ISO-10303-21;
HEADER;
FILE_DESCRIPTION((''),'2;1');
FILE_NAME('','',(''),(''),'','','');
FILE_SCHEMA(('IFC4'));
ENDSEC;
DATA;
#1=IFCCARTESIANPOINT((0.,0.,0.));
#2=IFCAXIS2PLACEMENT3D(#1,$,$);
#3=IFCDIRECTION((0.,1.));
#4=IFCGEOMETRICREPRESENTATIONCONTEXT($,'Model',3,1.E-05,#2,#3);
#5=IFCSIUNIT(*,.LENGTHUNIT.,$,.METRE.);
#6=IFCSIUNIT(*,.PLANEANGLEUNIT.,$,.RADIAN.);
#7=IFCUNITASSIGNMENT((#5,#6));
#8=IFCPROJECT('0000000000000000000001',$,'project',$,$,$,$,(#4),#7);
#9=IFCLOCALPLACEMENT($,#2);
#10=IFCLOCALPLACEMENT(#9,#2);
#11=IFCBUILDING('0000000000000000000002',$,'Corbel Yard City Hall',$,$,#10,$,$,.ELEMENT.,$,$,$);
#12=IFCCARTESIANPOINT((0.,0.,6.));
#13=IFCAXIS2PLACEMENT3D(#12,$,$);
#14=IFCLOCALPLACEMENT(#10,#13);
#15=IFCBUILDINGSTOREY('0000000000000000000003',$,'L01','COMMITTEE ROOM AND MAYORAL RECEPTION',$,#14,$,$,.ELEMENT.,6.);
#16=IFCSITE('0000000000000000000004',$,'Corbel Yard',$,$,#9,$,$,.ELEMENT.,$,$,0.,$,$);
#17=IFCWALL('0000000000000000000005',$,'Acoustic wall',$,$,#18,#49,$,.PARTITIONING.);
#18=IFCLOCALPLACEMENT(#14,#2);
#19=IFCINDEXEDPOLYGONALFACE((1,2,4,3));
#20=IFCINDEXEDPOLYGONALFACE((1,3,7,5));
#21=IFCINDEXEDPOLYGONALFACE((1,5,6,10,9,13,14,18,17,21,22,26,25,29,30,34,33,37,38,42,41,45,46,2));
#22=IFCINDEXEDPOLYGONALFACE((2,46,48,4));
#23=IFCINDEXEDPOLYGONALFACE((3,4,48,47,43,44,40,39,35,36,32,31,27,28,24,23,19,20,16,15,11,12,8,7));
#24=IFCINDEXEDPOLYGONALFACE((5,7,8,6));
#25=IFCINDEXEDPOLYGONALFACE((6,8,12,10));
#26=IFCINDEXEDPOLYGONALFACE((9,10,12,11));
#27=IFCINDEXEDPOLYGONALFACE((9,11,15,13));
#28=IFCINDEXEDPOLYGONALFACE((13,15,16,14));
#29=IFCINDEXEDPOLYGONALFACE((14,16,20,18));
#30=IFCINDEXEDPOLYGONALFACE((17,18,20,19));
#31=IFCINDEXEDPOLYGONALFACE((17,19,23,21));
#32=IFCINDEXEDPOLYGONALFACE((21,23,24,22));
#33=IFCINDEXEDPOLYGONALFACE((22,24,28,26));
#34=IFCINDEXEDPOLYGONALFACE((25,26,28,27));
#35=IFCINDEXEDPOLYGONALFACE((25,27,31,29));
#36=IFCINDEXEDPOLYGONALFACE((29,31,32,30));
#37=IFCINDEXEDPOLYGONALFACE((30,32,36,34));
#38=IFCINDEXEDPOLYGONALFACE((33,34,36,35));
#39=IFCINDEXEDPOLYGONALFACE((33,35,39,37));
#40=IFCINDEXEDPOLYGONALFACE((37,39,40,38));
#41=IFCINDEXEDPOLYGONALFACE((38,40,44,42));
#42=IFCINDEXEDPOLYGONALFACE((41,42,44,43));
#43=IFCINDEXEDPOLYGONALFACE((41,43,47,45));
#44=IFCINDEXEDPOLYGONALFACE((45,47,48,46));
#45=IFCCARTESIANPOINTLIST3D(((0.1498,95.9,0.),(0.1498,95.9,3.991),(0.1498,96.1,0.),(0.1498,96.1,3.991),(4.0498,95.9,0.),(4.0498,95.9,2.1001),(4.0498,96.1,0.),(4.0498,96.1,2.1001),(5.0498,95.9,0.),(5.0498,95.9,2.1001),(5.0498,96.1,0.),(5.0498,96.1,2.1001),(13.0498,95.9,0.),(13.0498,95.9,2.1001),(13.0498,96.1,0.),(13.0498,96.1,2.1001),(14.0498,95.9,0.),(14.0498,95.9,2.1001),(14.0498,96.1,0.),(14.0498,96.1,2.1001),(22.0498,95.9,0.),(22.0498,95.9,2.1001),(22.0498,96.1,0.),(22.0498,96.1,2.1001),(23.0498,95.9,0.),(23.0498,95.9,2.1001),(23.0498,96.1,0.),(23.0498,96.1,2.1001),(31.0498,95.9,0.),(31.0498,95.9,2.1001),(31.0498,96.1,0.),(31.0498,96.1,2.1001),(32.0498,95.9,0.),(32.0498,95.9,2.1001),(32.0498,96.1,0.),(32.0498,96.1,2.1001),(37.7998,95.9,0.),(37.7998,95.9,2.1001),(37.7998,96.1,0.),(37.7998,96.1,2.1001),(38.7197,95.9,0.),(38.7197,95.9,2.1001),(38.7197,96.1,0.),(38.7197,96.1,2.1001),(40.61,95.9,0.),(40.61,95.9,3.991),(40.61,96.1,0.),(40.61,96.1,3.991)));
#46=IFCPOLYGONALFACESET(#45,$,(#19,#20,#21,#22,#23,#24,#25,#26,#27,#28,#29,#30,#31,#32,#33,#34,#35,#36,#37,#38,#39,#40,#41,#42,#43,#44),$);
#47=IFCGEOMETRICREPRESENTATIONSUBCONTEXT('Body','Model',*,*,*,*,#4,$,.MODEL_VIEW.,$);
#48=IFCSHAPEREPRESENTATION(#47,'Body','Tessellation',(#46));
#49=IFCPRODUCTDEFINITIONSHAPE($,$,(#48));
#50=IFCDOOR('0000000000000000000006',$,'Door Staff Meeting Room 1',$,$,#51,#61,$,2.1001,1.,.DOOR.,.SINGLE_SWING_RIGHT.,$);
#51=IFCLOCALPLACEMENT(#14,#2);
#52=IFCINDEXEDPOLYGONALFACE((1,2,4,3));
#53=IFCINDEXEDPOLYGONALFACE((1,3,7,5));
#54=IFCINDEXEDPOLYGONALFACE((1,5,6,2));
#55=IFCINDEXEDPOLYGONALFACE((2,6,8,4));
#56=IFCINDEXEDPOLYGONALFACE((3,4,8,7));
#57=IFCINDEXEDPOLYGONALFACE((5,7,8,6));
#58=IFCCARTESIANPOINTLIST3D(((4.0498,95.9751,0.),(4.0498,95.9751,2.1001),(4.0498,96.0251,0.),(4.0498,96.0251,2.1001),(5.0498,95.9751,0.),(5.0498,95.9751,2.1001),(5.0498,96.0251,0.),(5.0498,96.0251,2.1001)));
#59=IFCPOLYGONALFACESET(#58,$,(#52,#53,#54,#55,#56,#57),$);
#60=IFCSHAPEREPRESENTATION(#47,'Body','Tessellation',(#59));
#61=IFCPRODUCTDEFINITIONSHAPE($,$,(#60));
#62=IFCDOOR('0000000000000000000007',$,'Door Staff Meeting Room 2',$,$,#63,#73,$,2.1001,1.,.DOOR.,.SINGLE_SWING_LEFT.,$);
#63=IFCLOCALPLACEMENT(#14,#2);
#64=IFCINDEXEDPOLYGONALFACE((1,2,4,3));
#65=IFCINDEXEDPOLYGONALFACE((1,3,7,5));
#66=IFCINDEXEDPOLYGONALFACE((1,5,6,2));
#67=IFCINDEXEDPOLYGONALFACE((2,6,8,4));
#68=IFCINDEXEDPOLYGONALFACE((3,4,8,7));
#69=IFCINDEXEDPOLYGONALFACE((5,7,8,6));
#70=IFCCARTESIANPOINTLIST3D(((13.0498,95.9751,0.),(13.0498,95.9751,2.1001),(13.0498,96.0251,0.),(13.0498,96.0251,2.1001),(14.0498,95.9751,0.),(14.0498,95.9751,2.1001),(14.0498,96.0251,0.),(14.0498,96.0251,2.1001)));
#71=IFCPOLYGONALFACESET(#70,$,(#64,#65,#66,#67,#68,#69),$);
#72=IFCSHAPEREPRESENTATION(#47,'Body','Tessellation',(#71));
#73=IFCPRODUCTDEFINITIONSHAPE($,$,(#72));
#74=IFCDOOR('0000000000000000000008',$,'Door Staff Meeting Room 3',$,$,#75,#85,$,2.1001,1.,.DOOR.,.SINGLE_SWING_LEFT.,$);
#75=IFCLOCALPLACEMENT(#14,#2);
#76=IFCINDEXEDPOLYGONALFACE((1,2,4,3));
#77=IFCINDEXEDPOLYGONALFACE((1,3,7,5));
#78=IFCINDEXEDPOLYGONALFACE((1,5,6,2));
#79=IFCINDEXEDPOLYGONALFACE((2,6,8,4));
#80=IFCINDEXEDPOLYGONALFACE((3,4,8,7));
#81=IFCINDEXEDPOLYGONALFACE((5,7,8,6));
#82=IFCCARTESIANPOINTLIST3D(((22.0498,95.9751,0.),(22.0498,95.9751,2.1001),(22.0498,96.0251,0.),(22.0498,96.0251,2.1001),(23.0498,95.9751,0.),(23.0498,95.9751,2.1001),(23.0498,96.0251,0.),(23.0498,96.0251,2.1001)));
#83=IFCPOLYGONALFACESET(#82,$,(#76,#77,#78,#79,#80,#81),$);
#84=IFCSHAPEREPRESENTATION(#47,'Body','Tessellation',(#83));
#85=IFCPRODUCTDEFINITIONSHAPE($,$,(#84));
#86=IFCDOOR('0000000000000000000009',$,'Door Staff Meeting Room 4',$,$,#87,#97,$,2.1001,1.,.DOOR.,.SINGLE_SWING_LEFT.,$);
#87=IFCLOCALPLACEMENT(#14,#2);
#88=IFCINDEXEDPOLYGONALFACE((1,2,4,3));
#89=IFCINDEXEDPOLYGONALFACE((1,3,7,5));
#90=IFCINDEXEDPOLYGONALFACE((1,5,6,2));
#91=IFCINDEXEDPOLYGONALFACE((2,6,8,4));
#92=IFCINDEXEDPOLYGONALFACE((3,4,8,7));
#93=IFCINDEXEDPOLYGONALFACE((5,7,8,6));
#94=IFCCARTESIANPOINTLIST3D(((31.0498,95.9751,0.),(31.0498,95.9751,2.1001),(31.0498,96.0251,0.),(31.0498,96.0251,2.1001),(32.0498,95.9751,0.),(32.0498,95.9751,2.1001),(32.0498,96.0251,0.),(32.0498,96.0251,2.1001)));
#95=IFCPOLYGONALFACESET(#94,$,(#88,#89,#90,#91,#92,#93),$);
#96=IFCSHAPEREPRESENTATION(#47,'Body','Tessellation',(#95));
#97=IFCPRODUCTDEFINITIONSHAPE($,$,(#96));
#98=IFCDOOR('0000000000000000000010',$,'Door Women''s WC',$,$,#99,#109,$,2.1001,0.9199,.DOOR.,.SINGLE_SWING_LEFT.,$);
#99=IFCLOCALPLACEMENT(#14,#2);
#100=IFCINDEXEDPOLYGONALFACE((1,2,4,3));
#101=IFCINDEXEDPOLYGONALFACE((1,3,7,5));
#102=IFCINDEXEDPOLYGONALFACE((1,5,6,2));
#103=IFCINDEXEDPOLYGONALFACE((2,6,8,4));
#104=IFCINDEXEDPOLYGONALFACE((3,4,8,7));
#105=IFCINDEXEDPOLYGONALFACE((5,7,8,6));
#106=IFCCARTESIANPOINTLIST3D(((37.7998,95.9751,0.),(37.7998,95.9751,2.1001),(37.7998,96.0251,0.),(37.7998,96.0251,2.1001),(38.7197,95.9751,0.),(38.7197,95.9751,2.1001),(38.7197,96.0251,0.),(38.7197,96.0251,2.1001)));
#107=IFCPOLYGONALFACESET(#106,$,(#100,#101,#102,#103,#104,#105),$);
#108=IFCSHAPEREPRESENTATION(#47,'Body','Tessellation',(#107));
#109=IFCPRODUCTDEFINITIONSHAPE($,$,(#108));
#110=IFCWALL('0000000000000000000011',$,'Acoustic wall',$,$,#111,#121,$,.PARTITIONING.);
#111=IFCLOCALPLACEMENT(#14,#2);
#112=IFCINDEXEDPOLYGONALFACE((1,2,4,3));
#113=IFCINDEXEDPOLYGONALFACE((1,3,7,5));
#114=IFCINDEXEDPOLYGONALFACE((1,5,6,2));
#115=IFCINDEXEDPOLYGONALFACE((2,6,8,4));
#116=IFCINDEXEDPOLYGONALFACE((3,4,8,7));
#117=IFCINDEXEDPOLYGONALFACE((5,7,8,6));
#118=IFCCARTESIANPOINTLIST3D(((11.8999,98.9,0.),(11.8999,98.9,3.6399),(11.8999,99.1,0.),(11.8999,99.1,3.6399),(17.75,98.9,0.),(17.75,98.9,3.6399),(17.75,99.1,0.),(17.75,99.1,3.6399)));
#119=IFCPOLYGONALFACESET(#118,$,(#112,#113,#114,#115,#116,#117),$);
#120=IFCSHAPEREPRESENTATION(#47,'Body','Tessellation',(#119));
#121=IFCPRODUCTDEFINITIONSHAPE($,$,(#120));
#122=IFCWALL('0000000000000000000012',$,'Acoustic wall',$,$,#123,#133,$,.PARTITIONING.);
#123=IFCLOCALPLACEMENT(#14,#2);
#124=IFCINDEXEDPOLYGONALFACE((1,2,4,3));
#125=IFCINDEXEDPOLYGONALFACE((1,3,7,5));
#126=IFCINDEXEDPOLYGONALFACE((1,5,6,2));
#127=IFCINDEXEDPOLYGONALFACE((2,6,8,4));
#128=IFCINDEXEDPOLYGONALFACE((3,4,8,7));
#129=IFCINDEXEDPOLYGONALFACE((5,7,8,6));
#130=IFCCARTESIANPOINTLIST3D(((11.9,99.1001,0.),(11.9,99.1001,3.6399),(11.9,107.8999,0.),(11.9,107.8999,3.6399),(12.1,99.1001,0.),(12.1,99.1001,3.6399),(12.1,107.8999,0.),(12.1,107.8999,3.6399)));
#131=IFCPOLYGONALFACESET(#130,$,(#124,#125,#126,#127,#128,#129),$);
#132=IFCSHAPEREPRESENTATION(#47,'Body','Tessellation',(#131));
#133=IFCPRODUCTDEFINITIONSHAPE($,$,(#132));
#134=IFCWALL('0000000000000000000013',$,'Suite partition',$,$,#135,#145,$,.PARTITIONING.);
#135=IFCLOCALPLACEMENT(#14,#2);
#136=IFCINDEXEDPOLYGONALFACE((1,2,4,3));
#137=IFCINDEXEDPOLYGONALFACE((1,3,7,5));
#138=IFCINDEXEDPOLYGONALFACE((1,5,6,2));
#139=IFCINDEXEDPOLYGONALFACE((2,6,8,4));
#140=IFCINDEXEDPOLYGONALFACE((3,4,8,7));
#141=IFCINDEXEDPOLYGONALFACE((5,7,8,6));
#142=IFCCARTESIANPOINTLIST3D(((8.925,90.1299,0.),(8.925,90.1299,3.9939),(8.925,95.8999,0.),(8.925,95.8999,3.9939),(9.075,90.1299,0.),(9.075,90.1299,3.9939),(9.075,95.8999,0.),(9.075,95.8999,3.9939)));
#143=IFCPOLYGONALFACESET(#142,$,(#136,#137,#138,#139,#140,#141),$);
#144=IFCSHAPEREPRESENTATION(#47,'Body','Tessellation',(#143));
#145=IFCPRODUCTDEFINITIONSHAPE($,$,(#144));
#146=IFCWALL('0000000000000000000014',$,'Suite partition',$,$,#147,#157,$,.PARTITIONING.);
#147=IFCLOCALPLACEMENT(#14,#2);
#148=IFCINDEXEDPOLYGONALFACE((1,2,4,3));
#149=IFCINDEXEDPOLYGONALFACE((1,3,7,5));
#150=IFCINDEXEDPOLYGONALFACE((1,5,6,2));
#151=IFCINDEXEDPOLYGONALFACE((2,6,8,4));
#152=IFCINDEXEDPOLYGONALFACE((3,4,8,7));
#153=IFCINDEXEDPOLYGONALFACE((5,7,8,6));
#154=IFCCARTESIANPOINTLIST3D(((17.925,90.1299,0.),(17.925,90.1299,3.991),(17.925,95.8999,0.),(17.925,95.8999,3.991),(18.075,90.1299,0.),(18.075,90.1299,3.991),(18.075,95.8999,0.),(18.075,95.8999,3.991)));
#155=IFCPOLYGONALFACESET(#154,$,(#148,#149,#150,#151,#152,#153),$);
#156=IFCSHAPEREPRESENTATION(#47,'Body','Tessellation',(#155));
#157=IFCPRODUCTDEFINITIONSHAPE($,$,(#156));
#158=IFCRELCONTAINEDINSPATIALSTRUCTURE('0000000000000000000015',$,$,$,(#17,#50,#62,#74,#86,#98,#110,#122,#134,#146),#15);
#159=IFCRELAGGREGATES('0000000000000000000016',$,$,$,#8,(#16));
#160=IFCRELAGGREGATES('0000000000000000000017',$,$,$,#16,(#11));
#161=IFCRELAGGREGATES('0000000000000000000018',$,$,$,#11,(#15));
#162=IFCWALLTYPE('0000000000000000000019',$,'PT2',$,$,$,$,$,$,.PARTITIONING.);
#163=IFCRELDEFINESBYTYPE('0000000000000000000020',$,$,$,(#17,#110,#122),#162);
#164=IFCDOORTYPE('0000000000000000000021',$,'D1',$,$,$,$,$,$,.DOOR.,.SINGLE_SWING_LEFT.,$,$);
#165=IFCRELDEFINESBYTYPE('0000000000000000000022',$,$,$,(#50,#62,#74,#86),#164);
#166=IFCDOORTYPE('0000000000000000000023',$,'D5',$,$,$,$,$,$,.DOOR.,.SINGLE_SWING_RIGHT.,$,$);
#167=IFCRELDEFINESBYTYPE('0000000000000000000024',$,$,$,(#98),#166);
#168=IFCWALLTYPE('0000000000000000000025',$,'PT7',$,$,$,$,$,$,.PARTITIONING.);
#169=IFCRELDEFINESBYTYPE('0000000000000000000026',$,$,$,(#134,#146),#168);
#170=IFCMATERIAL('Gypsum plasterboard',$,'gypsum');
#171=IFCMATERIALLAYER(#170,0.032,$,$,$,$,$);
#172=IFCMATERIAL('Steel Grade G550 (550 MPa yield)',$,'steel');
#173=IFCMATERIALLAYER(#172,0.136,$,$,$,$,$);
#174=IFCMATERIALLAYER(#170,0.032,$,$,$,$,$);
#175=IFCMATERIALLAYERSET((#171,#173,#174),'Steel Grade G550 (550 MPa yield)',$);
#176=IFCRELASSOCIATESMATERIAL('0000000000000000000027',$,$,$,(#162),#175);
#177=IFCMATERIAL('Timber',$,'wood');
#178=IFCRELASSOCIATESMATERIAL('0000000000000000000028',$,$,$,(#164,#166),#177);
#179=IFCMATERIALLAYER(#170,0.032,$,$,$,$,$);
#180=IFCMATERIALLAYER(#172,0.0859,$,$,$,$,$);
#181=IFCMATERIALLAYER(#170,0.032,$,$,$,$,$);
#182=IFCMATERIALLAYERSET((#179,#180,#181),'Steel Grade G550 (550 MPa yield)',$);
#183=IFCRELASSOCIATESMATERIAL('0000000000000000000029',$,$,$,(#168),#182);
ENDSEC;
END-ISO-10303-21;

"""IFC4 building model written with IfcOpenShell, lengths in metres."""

from ifc_helpers import new_model, si_unit, direction, frame, frame_2d, origin, place, context, subcontext, project, spatial, rectangle, extrude, material, layer, layer_set, type_object, element, fill, save


model = new_model("IFC4")

# Units and contexts
model_context = context("Model", 3, precision=1e-05, world=origin(), true_north=direction((0.0, 1.0)))
body_context = subcontext(model_context, "Body", "Model", "MODEL_VIEW")
ifc_project = project(units=[si_unit("LENGTHUNIT", "METRE"), si_unit("PLANEANGLEUNIT", "RADIAN")], contexts=[model_context])

# Site, building, storey
site_placement = place(None, origin())
site = spatial("IfcSite", under=ifc_project, at=site_placement, Name="Corbel Yard", CompositionType="ELEMENT", RefElevation=0.0)
building_placement = place(site_placement, origin())
building = spatial("IfcBuilding", under=site, at=building_placement, Name="Corbel Yard City Hall", CompositionType="ELEMENT")
storey_placement = place(building_placement, frame((0.0, 0.0, 6.0)))
storey = spatial("IfcBuildingStorey", under=building, at=storey_placement, Name="L01", Description="COMMITTEE ROOM AND MAYORAL RECEPTION", CompositionType="ELEMENT", Elevation=6.0)

# Shared definitions
ifc_material_1 = material(Name="Gypsum plasterboard", Category="gypsum")

# Wall, openings, doors
ifc_layer_1 = layer(ifc_material_1, 0.032)
ifc_material_2 = material(Name="Steel Grade G550 (550 MPa yield)", Category="steel")
ifc_layer_2 = layer(ifc_material_2, 0.136)
ifc_layer_3 = layer(ifc_material_1, 0.032)
ifc_layer_set_1 = layer_set([ifc_layer_1, ifc_layer_2, ifc_layer_3], Name="Steel Grade G550 (550 MPa yield)")
wall_type_1 = type_object("IfcWallType", Name="PT2", PredefinedType="PARTITIONING", material=ifc_layer_set_1)
wall_1_placement = place(storey_placement, frame((0.1499, 96.0, 0.0), z_axis=(0.0, 0.0, 1.0), x_axis=(1.0, 0.0, 0.0)))
wall_1 = element("IfcWall", 1, at=wall_1_placement, inside=storey, type_object=wall_type_1, Name="Acoustic wall", PredefinedType="PARTITIONING", context=body_context, shape_type="SweptSolid", body=[
    extrude(rectangle(XDim=40.4602, YDim=0.2, at=frame_2d((20.23, 0.0))), origin(), (0.0, 0.0, 1.0), 3.991),
])
opening_1_placement = place(wall_1_placement, frame((3.8999, 0.0, 0.0)))
opening_1 = element("IfcOpeningElement", 2, at=opening_1_placement, cuts=wall_1, PredefinedType="OPENING", context=body_context, shape_type="SweptSolid", body=[
    extrude(rectangle(XDim=1.0, YDim=2.1001, at=frame_2d((0.5, 1.05))), frame((0.0, 0.1099, 0.0), z_axis=(0.0, -1.0, 0.0), x_axis=(1.0, 0.0, 0.0)), (0.0, 0.0, 1.0), 0.22),
])
opening_2_placement = place(wall_1_placement, frame((12.8999, 0.0, 0.0)))
opening_2 = element("IfcOpeningElement", 3, at=opening_2_placement, cuts=wall_1, PredefinedType="OPENING", context=body_context, shape_type="SweptSolid", body=[
    extrude(rectangle(XDim=1.0, YDim=2.1001, at=frame_2d((0.5, 1.05))), frame((0.0, 0.1099, 0.0), z_axis=(0.0, -1.0, 0.0), x_axis=(1.0, 0.0, 0.0)), (0.0, 0.0, 1.0), 0.22),
])
opening_3_placement = place(wall_1_placement, frame((21.8999, 0.0, 0.0)))
opening_3 = element("IfcOpeningElement", 4, at=opening_3_placement, cuts=wall_1, PredefinedType="OPENING", context=body_context, shape_type="SweptSolid", body=[
    extrude(rectangle(XDim=1.0, YDim=2.1001, at=frame_2d((0.5, 1.05))), frame((0.0, 0.1099, 0.0), z_axis=(0.0, -1.0, 0.0), x_axis=(1.0, 0.0, 0.0)), (0.0, 0.0, 1.0), 0.22),
])
opening_4_placement = place(wall_1_placement, frame((30.8999, 0.0, 0.0)))
opening_4 = element("IfcOpeningElement", 5, at=opening_4_placement, cuts=wall_1, PredefinedType="OPENING", context=body_context, shape_type="SweptSolid", body=[
    extrude(rectangle(XDim=1.0, YDim=2.1001, at=frame_2d((0.5, 1.05))), frame((0.0, 0.1099, 0.0), z_axis=(0.0, -1.0, 0.0), x_axis=(1.0, 0.0, 0.0)), (0.0, 0.0, 1.0), 0.22),
])
opening_5_placement = place(wall_1_placement, frame((37.6499, 0.0, 0.0)))
opening_5 = element("IfcOpeningElement", 6, at=opening_5_placement, cuts=wall_1, PredefinedType="OPENING", context=body_context, shape_type="SweptSolid", body=[
    extrude(rectangle(XDim=0.9199, YDim=2.1001, at=frame_2d((0.46, 1.05))), frame((0.0, 0.1099, 0.0), z_axis=(0.0, -1.0, 0.0), x_axis=(1.0, 0.0, 0.0)), (0.0, 0.0, 1.0), 0.22),
])
ifc_material_3 = material(Name="Timber", Category="wood")
door_type_1 = type_object("IfcDoorType", Name="D1", OperationType="SINGLE_SWING_LEFT", PredefinedType="DOOR", material=ifc_material_3)
door_1_placement = place(opening_1_placement, frame((1.0, 0.0, 0.0), z_axis=(0.0, 0.0, 1.0), x_axis=(-1.0, 0.0, 0.0)))
door_1 = element("IfcDoor", 7, at=door_1_placement, inside=storey, type_object=door_type_1, Name="Door Staff Meeting Room 1", OperationType="SINGLE_SWING_RIGHT", OverallHeight=2.1001, OverallWidth=1.0, PredefinedType="DOOR", context=body_context, shape_type="SweptSolid", body=[
    extrude(rectangle(XDim=1.0, YDim=2.1001, at=frame_2d((0.5, 1.05))), frame((0.0, 0.0249, 0.0), z_axis=(0.0, -1.0, 0.0), x_axis=(1.0, 0.0, 0.0)), (0.0, 0.0, 1.0), 0.05),
])
fill(opening_1, door_1)
door_2_placement = place(opening_2_placement, frame((1.0, 0.0, 0.0), z_axis=(0.0, 0.0, 1.0), x_axis=(-1.0, 0.0, 0.0)))
door_2 = element("IfcDoor", 8, at=door_2_placement, inside=storey, type_object=door_type_1, Name="Door Staff Meeting Room 2", OperationType="SINGLE_SWING_LEFT", OverallHeight=2.1001, OverallWidth=1.0, PredefinedType="DOOR", context=body_context, shape_type="SweptSolid", body=[
    extrude(rectangle(XDim=1.0, YDim=2.1001, at=frame_2d((0.5, 1.05))), frame((0.0, 0.0249, 0.0), z_axis=(0.0, -1.0, 0.0), x_axis=(1.0, 0.0, 0.0)), (0.0, 0.0, 1.0), 0.05),
])
fill(opening_2, door_2)
door_3_placement = place(opening_3_placement, frame((1.0, 0.0, 0.0), z_axis=(0.0, 0.0, 1.0), x_axis=(-1.0, 0.0, 0.0)))
door_3 = element("IfcDoor", 9, at=door_3_placement, inside=storey, type_object=door_type_1, Name="Door Staff Meeting Room 3", OperationType="SINGLE_SWING_LEFT", OverallHeight=2.1001, OverallWidth=1.0, PredefinedType="DOOR", context=body_context, shape_type="SweptSolid", body=[
    extrude(rectangle(XDim=1.0, YDim=2.1001, at=frame_2d((0.5, 1.05))), frame((0.0, 0.0249, 0.0), z_axis=(0.0, -1.0, 0.0), x_axis=(1.0, 0.0, 0.0)), (0.0, 0.0, 1.0), 0.05),
])
fill(opening_3, door_3)
door_4_placement = place(opening_4_placement, frame((1.0, 0.0, 0.0), z_axis=(0.0, 0.0, 1.0), x_axis=(-1.0, 0.0, 0.0)))
door_4 = element("IfcDoor", 10, at=door_4_placement, inside=storey, type_object=door_type_1, Name="Door Staff Meeting Room 4", OperationType="SINGLE_SWING_LEFT", OverallHeight=2.1001, OverallWidth=1.0, PredefinedType="DOOR", context=body_context, shape_type="SweptSolid", body=[
    extrude(rectangle(XDim=1.0, YDim=2.1001, at=frame_2d((0.5, 1.05))), frame((0.0, 0.0249, 0.0), z_axis=(0.0, -1.0, 0.0), x_axis=(1.0, 0.0, 0.0)), (0.0, 0.0, 1.0), 0.05),
])
fill(opening_4, door_4)
door_type_2 = type_object("IfcDoorType", Name="D5", OperationType="SINGLE_SWING_RIGHT", PredefinedType="DOOR", material=ifc_material_3)
door_5_placement = place(opening_5_placement, frame((0.9199, 0.0, 0.0), z_axis=(0.0, 0.0, 1.0), x_axis=(-1.0, 0.0, 0.0)))
door_5 = element("IfcDoor", 11, at=door_5_placement, inside=storey, type_object=door_type_2, Name="Door Women's WC", OperationType="SINGLE_SWING_LEFT", OverallHeight=2.1001, OverallWidth=0.9199, PredefinedType="DOOR", context=body_context, shape_type="SweptSolid", body=[
    extrude(rectangle(XDim=0.9199, YDim=2.1001, at=frame_2d((0.46, 1.05))), frame((0.0, 0.0249, 0.0), z_axis=(0.0, -1.0, 0.0), x_axis=(1.0, 0.0, 0.0)), (0.0, 0.0, 1.0), 0.05),
])
fill(opening_5, door_5)

# Walls
wall_2_placement = place(storey_placement, frame((11.8999, 99.0, 0.0), z_axis=(0.0, 0.0, 1.0), x_axis=(1.0, 0.0, 0.0)))
element("IfcWall", 12, at=wall_2_placement, inside=storey, type_object=wall_type_1, Name="Acoustic wall", PredefinedType="PARTITIONING", context=body_context, shape_type="SweptSolid", body=[
    extrude(rectangle(XDim=5.8501, YDim=0.2, at=frame_2d((2.925, 0.0))), origin(), (0.0, 0.0, 1.0), 3.6399),
])
wall_3_placement = place(storey_placement, frame((12.0, 99.1001, 0.0), z_axis=(0.0, 0.0, 1.0), x_axis=(0.0, 1.0, 0.0)))
element("IfcWall", 13, at=wall_3_placement, inside=storey, type_object=wall_type_1, Name="Acoustic wall", PredefinedType="PARTITIONING", context=body_context, shape_type="SweptSolid", body=[
    extrude(rectangle(XDim=8.7998, YDim=0.2, at=frame_2d((4.3999, 0.0))), origin(), (0.0, 0.0, 1.0), 3.6399),
])
ifc_layer_4 = layer(ifc_material_1, 0.032)
ifc_layer_5 = layer(ifc_material_2, 0.0859)
ifc_layer_6 = layer(ifc_material_1, 0.032)
ifc_layer_set_2 = layer_set([ifc_layer_4, ifc_layer_5, ifc_layer_6], Name="Steel Grade G550 (550 MPa yield)")
wall_type_2 = type_object("IfcWallType", Name="PT7", PredefinedType="PARTITIONING", material=ifc_layer_set_2)
wall_4_placement = place(storey_placement, frame((9.0, 90.1299, 0.0), z_axis=(0.0, 0.0, 1.0), x_axis=(0.0, 1.0, 0.0)))
element("IfcWall", 14, at=wall_4_placement, inside=storey, type_object=wall_type_2, Name="Suite partition", PredefinedType="PARTITIONING", context=body_context, shape_type="SweptSolid", body=[
    extrude(rectangle(XDim=5.77, YDim=0.1499, at=frame_2d((2.885, 0.0))), origin(), (0.0, 0.0, 1.0), 3.9939),
])
wall_5_placement = place(storey_placement, frame((18.0, 90.1299, 0.0), z_axis=(0.0, 0.0, 1.0), x_axis=(0.0, 1.0, 0.0)))
element("IfcWall", 15, at=wall_5_placement, inside=storey, type_object=wall_type_2, Name="Suite partition", PredefinedType="PARTITIONING", context=body_context, shape_type="SweptSolid", body=[
    extrude(rectangle(XDim=5.77, YDim=0.1499, at=frame_2d((2.885, 0.0))), origin(), (0.0, 0.0, 1.0), 3.991),
])

save(model, "model.ifc")
